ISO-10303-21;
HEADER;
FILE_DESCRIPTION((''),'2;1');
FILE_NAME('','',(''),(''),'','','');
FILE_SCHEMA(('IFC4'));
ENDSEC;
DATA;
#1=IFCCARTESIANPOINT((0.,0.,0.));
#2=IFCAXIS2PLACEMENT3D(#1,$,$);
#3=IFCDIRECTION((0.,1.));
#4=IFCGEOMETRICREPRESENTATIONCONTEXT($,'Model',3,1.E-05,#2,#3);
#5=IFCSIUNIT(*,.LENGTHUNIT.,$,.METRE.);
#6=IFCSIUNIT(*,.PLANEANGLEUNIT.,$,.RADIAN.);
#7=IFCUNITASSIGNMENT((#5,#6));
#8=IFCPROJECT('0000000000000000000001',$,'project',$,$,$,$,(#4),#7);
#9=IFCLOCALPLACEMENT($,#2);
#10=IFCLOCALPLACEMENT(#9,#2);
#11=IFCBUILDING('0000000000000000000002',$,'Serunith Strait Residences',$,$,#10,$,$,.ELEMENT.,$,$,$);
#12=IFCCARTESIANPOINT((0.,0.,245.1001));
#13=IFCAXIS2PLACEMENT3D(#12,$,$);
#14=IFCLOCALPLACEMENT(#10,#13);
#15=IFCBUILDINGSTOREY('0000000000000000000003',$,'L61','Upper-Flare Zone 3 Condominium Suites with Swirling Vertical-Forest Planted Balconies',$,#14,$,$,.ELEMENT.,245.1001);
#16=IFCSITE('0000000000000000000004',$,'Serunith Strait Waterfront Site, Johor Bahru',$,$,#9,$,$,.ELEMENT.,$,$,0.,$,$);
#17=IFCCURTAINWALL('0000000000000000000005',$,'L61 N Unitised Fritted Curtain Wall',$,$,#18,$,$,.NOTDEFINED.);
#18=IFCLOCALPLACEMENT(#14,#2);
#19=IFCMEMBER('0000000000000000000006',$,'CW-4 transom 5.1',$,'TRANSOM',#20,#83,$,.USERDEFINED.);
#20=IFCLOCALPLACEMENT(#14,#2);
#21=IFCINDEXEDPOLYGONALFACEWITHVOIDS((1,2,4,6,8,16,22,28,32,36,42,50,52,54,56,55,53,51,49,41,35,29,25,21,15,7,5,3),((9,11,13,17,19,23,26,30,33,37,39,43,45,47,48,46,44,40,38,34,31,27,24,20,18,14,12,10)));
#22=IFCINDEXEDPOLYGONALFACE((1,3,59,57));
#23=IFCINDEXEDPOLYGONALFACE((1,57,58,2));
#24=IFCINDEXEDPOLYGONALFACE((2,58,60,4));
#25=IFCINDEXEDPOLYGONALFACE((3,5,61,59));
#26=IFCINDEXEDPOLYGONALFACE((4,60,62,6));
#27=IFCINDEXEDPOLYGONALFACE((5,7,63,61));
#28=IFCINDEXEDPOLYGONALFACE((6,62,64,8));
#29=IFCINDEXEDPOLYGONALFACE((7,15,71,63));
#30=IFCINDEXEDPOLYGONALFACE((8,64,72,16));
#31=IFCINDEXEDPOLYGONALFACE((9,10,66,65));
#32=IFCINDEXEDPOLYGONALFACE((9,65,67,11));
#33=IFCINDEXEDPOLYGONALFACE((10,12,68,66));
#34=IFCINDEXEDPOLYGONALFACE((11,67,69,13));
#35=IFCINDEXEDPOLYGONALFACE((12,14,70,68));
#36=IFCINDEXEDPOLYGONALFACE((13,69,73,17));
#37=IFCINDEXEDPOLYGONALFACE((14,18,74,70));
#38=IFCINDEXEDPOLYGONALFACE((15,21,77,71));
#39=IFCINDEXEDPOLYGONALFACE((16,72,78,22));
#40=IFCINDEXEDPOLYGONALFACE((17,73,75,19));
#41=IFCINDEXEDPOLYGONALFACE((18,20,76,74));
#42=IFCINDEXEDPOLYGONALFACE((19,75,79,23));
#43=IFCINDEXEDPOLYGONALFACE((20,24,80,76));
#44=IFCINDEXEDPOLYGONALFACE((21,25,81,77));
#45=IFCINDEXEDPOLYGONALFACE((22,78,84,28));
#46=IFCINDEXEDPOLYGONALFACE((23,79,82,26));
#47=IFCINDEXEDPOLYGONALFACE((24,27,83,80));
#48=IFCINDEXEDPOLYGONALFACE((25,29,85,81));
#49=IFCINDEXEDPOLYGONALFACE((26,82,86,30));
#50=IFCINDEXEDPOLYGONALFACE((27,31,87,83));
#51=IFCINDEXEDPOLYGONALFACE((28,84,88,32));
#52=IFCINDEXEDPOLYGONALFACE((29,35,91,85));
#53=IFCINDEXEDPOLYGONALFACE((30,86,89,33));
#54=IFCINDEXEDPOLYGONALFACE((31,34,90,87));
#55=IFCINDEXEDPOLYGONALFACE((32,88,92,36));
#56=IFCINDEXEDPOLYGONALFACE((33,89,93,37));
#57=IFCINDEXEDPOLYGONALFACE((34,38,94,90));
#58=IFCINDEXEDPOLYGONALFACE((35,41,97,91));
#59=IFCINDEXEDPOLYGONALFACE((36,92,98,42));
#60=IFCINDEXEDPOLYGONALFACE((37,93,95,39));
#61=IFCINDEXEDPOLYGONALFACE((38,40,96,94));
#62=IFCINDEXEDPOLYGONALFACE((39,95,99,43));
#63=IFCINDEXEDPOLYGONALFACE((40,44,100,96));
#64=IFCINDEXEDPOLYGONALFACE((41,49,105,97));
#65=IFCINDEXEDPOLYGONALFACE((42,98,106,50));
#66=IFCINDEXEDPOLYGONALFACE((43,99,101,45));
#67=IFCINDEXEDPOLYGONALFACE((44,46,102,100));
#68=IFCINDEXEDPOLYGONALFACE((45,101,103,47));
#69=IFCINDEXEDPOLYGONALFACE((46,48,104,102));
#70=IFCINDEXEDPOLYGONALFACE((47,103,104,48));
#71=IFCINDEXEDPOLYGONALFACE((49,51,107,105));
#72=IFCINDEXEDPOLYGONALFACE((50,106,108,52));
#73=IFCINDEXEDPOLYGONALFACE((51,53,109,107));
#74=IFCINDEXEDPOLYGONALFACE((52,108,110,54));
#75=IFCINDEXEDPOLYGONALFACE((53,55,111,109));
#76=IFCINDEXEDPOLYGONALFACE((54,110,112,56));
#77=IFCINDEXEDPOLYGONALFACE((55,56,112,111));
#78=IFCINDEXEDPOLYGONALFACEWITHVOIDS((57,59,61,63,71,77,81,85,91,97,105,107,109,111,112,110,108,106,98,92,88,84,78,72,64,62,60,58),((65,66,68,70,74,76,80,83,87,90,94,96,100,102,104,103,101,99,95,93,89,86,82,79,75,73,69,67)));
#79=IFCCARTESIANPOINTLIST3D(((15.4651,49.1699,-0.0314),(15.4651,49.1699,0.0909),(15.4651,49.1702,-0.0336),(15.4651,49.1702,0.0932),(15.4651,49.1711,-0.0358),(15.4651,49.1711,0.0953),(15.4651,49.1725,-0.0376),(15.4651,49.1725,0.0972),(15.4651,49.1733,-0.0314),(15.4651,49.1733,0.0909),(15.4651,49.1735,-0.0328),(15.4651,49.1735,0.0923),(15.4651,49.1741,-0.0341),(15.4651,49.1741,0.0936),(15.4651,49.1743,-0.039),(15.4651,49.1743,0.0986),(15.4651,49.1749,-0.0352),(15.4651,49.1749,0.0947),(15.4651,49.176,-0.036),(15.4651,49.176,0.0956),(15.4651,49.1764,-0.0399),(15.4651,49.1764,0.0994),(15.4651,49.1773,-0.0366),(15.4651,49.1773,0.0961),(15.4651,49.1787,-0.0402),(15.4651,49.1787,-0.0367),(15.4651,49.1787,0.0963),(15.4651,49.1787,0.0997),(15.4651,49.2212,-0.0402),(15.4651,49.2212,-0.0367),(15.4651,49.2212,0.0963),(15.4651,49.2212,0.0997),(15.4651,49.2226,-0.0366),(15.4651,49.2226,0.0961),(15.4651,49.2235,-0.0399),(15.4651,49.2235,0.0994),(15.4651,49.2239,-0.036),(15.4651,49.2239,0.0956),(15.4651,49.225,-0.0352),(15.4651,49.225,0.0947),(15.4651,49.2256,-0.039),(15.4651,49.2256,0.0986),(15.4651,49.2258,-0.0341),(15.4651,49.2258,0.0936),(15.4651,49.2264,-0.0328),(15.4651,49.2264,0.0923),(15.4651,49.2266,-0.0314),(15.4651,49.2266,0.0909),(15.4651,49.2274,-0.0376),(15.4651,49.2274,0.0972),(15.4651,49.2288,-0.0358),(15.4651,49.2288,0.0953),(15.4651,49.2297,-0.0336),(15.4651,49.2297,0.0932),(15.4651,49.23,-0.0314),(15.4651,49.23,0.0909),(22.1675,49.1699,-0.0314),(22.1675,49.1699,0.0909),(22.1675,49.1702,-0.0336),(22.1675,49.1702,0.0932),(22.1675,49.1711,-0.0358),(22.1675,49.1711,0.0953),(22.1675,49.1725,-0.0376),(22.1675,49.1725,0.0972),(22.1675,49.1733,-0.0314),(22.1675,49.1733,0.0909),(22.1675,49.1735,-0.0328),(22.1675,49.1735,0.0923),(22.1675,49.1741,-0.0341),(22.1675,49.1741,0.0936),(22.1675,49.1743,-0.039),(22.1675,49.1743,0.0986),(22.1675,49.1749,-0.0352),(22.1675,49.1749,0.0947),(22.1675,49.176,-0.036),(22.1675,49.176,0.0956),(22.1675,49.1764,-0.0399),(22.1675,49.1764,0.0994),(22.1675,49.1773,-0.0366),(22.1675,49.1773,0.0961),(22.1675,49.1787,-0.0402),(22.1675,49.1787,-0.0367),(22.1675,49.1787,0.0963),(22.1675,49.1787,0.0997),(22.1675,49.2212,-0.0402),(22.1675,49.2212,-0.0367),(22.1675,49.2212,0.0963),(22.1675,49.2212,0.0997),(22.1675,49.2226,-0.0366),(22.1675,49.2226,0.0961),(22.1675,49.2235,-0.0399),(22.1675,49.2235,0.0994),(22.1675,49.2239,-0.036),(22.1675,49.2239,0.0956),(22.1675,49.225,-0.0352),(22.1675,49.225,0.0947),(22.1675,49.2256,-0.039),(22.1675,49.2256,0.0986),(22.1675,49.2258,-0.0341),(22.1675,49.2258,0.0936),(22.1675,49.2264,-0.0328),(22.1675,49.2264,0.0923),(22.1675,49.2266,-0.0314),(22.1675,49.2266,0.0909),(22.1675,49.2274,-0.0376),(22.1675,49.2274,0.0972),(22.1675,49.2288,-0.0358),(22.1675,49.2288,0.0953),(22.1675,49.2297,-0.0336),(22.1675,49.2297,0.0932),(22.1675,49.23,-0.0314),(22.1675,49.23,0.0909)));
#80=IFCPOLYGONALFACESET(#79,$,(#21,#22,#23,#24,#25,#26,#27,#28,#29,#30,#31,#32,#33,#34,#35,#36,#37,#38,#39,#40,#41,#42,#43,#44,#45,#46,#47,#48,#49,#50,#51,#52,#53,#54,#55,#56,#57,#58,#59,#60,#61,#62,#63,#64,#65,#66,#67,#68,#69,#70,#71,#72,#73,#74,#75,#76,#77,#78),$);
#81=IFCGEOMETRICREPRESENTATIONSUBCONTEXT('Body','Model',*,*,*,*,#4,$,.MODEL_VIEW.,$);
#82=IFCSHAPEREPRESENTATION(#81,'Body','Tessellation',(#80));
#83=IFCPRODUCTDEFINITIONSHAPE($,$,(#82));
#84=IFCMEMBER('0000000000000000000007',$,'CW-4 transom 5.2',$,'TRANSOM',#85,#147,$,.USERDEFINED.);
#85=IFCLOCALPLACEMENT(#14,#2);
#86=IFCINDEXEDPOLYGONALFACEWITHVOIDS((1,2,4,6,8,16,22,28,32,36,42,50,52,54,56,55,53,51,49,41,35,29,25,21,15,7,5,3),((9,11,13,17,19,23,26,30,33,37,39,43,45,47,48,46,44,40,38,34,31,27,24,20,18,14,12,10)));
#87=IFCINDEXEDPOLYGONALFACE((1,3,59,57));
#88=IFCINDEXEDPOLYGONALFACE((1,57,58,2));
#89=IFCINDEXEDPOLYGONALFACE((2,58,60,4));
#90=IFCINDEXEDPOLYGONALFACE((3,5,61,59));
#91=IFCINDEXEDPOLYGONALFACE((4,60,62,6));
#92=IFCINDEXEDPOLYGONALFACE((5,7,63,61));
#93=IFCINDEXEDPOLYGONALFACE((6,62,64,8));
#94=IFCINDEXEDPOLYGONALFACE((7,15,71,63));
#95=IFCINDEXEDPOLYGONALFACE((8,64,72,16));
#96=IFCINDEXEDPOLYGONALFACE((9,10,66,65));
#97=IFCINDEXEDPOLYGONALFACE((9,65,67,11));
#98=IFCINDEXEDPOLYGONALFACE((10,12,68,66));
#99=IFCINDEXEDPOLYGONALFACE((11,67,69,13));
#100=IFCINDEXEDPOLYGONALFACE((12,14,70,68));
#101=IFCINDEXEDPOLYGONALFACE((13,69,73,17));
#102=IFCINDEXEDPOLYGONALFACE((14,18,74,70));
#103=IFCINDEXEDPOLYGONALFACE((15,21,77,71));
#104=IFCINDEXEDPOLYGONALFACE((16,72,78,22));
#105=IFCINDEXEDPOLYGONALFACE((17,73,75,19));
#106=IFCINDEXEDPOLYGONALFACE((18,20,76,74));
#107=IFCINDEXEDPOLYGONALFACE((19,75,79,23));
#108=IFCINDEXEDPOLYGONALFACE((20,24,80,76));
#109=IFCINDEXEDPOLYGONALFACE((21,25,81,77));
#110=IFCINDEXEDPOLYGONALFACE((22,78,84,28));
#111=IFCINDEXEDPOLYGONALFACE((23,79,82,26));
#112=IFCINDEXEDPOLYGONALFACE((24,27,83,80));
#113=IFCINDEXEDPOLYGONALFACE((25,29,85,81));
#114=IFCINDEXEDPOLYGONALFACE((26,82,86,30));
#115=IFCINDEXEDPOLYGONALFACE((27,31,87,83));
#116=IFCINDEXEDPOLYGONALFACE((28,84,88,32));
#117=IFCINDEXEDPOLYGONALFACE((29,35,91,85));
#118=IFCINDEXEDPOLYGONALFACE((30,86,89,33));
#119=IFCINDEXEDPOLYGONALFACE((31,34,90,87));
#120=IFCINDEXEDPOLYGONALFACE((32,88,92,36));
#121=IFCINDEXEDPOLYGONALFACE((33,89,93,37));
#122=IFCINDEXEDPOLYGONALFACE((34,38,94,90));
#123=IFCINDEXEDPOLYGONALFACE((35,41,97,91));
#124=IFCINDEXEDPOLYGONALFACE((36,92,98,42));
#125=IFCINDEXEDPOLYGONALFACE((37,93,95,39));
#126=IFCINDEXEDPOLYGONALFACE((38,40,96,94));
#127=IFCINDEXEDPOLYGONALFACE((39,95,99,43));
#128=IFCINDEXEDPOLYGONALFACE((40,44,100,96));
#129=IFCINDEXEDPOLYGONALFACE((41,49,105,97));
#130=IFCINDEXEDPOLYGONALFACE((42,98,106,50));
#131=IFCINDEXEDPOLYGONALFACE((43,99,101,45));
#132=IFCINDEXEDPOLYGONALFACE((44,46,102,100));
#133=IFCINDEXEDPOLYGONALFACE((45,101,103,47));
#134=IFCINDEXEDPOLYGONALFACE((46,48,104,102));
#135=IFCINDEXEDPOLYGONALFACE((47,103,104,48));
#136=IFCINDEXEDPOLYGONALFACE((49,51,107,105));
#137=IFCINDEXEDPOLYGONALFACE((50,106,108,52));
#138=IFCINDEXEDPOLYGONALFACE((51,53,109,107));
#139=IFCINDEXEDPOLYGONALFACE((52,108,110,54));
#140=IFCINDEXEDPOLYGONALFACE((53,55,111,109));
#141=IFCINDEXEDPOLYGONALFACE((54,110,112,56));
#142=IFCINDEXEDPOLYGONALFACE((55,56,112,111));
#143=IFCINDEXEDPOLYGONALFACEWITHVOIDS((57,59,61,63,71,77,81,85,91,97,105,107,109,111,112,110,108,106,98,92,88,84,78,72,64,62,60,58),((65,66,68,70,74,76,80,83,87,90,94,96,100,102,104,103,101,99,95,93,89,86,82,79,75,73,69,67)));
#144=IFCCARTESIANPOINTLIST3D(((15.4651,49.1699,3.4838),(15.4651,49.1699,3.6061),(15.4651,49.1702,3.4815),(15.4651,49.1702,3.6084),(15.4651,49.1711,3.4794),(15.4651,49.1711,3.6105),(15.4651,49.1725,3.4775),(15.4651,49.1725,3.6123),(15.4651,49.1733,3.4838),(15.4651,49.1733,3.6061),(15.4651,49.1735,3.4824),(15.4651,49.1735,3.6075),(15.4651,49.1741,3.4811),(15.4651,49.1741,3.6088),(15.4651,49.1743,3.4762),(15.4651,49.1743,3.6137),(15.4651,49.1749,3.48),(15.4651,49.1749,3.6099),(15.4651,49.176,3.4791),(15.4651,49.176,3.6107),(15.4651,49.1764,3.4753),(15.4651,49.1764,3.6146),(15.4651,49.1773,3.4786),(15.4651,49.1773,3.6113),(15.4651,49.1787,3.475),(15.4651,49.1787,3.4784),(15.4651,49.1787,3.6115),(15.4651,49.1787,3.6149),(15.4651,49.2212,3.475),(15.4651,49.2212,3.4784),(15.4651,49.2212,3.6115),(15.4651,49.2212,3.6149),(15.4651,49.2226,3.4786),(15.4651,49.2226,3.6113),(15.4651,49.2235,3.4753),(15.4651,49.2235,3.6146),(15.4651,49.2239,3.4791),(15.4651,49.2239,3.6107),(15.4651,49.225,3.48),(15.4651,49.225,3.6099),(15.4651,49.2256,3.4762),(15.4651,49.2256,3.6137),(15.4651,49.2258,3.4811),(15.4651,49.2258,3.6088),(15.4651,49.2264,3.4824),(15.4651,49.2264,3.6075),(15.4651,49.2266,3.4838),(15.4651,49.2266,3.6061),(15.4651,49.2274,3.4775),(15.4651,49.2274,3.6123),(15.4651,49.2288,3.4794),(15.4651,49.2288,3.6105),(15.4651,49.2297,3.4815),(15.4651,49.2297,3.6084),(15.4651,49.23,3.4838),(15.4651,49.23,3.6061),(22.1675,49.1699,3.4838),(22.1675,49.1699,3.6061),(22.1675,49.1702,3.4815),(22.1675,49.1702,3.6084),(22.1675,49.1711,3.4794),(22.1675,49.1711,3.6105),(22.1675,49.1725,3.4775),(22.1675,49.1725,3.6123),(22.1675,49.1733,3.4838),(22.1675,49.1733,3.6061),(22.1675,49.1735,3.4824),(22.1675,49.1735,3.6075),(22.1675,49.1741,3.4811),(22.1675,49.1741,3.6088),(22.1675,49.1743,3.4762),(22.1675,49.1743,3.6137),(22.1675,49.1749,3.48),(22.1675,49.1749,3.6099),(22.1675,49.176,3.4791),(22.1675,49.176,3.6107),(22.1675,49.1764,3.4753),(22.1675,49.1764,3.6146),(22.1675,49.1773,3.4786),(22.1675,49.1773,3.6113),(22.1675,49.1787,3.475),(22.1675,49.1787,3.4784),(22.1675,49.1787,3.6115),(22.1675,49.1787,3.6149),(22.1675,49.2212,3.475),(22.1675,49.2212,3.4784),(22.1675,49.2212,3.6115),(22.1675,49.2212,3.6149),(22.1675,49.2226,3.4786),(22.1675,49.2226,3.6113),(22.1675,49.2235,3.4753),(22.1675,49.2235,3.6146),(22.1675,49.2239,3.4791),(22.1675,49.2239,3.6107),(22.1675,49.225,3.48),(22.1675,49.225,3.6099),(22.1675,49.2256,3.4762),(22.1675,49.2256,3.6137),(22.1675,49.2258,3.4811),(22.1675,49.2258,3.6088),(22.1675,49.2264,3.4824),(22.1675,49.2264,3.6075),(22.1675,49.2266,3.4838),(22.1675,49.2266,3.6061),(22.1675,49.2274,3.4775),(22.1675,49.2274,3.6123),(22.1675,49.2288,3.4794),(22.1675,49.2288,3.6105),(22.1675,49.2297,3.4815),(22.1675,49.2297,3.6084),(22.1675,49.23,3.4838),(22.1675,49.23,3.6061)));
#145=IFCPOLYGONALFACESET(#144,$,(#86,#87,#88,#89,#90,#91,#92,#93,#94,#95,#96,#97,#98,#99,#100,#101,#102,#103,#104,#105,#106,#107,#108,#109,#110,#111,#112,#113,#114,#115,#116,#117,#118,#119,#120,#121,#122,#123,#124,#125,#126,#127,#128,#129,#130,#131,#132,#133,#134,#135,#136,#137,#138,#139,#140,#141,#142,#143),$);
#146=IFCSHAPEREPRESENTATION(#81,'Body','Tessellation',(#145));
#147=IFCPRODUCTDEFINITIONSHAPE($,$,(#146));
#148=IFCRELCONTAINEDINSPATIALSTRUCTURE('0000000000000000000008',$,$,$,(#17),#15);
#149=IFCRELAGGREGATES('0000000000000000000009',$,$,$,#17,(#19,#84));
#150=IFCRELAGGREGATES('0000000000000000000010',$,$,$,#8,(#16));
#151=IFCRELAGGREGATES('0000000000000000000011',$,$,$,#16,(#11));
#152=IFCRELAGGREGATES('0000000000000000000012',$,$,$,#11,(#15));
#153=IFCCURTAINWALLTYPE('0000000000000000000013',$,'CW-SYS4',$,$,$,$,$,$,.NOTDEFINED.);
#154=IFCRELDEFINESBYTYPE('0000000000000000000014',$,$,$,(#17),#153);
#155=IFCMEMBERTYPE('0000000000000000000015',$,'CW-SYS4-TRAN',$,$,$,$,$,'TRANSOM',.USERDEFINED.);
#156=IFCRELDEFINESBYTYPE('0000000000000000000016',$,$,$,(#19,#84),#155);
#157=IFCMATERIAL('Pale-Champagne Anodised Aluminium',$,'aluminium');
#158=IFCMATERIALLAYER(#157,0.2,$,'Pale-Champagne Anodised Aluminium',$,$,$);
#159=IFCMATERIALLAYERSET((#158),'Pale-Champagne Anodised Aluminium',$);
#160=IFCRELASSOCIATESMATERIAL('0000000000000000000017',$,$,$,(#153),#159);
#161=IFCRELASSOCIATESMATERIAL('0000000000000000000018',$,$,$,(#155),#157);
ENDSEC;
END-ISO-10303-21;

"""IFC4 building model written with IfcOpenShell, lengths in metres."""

from ifc_helpers import new_model, si_unit, direction, frame, origin, origin_2d, place, context, subcontext, project, spatial, hollow_rectangle, extrude, source, transform, mapped, material, layer, layer_set, material_profile, profile_set, type_object, element, aggregate, save


model = new_model("IFC4")

# Units and contexts
model_context = context("Model", 3, precision=1e-05, world=origin(), true_north=direction((0.0, 1.0)))
body_context = subcontext(model_context, "Body", "Model", "MODEL_VIEW")
ifc_project = project(units=[si_unit("LENGTHUNIT", "METRE"), si_unit("PLANEANGLEUNIT", "RADIAN")], contexts=[model_context])

# Site, building, storey
site_placement = place(None, origin())
site = spatial("IfcSite", under=ifc_project, at=site_placement, Name="Serunith Strait Waterfront Site, Johor Bahru", CompositionType="ELEMENT", RefElevation=0.0)
building_placement = place(site_placement, origin())
building = spatial("IfcBuilding", under=site, at=building_placement, Name="Serunith Strait Residences", CompositionType="ELEMENT")
storey_placement = place(building_placement, frame((0.0, 0.0, 245.1001)))
storey = spatial("IfcBuildingStorey", under=building, at=storey_placement, Name="L61", Description="Upper-Flare Zone 3 Condominium Suites with Swirling Vertical-Forest Planted Balconies", CompositionType="ELEMENT", Elevation=245.1001)

# Curtain wall, members
ifc_material_1 = material(Name="Pale-Champagne Anodised Aluminium", Category="aluminium")
ifc_layer_1 = layer(ifc_material_1, 0.2, Name="Pale-Champagne Anodised Aluminium")
ifc_layer_set_1 = layer_set([ifc_layer_1], Name="Pale-Champagne Anodised Aluminium")
curtain_wall_type = type_object("IfcCurtainWallType", Name="CW-SYS4", PredefinedType="NOTDEFINED", material=ifc_layer_set_1)
curtain_wall_placement = place(storey_placement, origin())
curtain_wall = element("IfcCurtainWall", 1, at=curtain_wall_placement, inside=storey, type_object=curtain_wall_type, Name="L61 N Unitised Fritted Curtain Wall", PredefinedType="NOTDEFINED")
ifc_material_profile_1 = material_profile(ifc_material_1, hollow_rectangle(XDim=0.0601, YDim=0.1399, WallThickness=0.0034, InnerFilletRadius=0.0054, OuterFilletRadius=0.0088, at=origin_2d()), Name="ALU 140x60x3.5")
ifc_profile_set_1 = profile_set([ifc_material_profile_1], Name="Pale-Champagne Anodised Aluminium")
member_type_1 = type_object("IfcMemberType", Name="CW-SYS4-TRAN", ElementType="TRANSOM", PredefinedType="USERDEFINED", material=ifc_profile_set_1)
shared_shape_1 = source(origin(), body_context, "Body", "SweptSolid", [
    extrude(hollow_rectangle(XDim=0.0601, YDim=0.1399, WallThickness=0.0034, InnerFilletRadius=0.0054, OuterFilletRadius=0.0088, at=origin_2d()), origin(), (0.0, 0.0, 1.0), 6.7024),
])
member_1_placement = place(storey_placement, frame((22.1675, 49.2, 0.0298), z_axis=(-1.0, 0.0, 0.0), x_axis=(0.0, -1.0, 0.0)))
member_1 = element("IfcMember", 2, at=member_1_placement, type_object=member_type_1, Name="CW-4 transom 5.1", ObjectType="TRANSOM", PredefinedType="USERDEFINED", context=body_context, shape_type="MappedRepresentation", body=[
    mapped(shared_shape_1, transform((0.0, 0.0, 0.0), scale=1.0)),
])
member_2_placement = place(storey_placement, frame((22.1675, 49.2, 3.5449), z_axis=(-1.0, 0.0, 0.0), x_axis=(0.0, -1.0, 0.0)))
member_2 = element("IfcMember", 3, at=member_2_placement, type_object=member_type_1, Name="CW-4 transom 5.2", ObjectType="TRANSOM", PredefinedType="USERDEFINED", context=body_context, shape_type="MappedRepresentation", body=[
    mapped(shared_shape_1, transform((0.0, 0.0, 0.0), scale=1.0)),
])
aggregate(curtain_wall, [member_1, member_2])

save(model, "model.ifc")
